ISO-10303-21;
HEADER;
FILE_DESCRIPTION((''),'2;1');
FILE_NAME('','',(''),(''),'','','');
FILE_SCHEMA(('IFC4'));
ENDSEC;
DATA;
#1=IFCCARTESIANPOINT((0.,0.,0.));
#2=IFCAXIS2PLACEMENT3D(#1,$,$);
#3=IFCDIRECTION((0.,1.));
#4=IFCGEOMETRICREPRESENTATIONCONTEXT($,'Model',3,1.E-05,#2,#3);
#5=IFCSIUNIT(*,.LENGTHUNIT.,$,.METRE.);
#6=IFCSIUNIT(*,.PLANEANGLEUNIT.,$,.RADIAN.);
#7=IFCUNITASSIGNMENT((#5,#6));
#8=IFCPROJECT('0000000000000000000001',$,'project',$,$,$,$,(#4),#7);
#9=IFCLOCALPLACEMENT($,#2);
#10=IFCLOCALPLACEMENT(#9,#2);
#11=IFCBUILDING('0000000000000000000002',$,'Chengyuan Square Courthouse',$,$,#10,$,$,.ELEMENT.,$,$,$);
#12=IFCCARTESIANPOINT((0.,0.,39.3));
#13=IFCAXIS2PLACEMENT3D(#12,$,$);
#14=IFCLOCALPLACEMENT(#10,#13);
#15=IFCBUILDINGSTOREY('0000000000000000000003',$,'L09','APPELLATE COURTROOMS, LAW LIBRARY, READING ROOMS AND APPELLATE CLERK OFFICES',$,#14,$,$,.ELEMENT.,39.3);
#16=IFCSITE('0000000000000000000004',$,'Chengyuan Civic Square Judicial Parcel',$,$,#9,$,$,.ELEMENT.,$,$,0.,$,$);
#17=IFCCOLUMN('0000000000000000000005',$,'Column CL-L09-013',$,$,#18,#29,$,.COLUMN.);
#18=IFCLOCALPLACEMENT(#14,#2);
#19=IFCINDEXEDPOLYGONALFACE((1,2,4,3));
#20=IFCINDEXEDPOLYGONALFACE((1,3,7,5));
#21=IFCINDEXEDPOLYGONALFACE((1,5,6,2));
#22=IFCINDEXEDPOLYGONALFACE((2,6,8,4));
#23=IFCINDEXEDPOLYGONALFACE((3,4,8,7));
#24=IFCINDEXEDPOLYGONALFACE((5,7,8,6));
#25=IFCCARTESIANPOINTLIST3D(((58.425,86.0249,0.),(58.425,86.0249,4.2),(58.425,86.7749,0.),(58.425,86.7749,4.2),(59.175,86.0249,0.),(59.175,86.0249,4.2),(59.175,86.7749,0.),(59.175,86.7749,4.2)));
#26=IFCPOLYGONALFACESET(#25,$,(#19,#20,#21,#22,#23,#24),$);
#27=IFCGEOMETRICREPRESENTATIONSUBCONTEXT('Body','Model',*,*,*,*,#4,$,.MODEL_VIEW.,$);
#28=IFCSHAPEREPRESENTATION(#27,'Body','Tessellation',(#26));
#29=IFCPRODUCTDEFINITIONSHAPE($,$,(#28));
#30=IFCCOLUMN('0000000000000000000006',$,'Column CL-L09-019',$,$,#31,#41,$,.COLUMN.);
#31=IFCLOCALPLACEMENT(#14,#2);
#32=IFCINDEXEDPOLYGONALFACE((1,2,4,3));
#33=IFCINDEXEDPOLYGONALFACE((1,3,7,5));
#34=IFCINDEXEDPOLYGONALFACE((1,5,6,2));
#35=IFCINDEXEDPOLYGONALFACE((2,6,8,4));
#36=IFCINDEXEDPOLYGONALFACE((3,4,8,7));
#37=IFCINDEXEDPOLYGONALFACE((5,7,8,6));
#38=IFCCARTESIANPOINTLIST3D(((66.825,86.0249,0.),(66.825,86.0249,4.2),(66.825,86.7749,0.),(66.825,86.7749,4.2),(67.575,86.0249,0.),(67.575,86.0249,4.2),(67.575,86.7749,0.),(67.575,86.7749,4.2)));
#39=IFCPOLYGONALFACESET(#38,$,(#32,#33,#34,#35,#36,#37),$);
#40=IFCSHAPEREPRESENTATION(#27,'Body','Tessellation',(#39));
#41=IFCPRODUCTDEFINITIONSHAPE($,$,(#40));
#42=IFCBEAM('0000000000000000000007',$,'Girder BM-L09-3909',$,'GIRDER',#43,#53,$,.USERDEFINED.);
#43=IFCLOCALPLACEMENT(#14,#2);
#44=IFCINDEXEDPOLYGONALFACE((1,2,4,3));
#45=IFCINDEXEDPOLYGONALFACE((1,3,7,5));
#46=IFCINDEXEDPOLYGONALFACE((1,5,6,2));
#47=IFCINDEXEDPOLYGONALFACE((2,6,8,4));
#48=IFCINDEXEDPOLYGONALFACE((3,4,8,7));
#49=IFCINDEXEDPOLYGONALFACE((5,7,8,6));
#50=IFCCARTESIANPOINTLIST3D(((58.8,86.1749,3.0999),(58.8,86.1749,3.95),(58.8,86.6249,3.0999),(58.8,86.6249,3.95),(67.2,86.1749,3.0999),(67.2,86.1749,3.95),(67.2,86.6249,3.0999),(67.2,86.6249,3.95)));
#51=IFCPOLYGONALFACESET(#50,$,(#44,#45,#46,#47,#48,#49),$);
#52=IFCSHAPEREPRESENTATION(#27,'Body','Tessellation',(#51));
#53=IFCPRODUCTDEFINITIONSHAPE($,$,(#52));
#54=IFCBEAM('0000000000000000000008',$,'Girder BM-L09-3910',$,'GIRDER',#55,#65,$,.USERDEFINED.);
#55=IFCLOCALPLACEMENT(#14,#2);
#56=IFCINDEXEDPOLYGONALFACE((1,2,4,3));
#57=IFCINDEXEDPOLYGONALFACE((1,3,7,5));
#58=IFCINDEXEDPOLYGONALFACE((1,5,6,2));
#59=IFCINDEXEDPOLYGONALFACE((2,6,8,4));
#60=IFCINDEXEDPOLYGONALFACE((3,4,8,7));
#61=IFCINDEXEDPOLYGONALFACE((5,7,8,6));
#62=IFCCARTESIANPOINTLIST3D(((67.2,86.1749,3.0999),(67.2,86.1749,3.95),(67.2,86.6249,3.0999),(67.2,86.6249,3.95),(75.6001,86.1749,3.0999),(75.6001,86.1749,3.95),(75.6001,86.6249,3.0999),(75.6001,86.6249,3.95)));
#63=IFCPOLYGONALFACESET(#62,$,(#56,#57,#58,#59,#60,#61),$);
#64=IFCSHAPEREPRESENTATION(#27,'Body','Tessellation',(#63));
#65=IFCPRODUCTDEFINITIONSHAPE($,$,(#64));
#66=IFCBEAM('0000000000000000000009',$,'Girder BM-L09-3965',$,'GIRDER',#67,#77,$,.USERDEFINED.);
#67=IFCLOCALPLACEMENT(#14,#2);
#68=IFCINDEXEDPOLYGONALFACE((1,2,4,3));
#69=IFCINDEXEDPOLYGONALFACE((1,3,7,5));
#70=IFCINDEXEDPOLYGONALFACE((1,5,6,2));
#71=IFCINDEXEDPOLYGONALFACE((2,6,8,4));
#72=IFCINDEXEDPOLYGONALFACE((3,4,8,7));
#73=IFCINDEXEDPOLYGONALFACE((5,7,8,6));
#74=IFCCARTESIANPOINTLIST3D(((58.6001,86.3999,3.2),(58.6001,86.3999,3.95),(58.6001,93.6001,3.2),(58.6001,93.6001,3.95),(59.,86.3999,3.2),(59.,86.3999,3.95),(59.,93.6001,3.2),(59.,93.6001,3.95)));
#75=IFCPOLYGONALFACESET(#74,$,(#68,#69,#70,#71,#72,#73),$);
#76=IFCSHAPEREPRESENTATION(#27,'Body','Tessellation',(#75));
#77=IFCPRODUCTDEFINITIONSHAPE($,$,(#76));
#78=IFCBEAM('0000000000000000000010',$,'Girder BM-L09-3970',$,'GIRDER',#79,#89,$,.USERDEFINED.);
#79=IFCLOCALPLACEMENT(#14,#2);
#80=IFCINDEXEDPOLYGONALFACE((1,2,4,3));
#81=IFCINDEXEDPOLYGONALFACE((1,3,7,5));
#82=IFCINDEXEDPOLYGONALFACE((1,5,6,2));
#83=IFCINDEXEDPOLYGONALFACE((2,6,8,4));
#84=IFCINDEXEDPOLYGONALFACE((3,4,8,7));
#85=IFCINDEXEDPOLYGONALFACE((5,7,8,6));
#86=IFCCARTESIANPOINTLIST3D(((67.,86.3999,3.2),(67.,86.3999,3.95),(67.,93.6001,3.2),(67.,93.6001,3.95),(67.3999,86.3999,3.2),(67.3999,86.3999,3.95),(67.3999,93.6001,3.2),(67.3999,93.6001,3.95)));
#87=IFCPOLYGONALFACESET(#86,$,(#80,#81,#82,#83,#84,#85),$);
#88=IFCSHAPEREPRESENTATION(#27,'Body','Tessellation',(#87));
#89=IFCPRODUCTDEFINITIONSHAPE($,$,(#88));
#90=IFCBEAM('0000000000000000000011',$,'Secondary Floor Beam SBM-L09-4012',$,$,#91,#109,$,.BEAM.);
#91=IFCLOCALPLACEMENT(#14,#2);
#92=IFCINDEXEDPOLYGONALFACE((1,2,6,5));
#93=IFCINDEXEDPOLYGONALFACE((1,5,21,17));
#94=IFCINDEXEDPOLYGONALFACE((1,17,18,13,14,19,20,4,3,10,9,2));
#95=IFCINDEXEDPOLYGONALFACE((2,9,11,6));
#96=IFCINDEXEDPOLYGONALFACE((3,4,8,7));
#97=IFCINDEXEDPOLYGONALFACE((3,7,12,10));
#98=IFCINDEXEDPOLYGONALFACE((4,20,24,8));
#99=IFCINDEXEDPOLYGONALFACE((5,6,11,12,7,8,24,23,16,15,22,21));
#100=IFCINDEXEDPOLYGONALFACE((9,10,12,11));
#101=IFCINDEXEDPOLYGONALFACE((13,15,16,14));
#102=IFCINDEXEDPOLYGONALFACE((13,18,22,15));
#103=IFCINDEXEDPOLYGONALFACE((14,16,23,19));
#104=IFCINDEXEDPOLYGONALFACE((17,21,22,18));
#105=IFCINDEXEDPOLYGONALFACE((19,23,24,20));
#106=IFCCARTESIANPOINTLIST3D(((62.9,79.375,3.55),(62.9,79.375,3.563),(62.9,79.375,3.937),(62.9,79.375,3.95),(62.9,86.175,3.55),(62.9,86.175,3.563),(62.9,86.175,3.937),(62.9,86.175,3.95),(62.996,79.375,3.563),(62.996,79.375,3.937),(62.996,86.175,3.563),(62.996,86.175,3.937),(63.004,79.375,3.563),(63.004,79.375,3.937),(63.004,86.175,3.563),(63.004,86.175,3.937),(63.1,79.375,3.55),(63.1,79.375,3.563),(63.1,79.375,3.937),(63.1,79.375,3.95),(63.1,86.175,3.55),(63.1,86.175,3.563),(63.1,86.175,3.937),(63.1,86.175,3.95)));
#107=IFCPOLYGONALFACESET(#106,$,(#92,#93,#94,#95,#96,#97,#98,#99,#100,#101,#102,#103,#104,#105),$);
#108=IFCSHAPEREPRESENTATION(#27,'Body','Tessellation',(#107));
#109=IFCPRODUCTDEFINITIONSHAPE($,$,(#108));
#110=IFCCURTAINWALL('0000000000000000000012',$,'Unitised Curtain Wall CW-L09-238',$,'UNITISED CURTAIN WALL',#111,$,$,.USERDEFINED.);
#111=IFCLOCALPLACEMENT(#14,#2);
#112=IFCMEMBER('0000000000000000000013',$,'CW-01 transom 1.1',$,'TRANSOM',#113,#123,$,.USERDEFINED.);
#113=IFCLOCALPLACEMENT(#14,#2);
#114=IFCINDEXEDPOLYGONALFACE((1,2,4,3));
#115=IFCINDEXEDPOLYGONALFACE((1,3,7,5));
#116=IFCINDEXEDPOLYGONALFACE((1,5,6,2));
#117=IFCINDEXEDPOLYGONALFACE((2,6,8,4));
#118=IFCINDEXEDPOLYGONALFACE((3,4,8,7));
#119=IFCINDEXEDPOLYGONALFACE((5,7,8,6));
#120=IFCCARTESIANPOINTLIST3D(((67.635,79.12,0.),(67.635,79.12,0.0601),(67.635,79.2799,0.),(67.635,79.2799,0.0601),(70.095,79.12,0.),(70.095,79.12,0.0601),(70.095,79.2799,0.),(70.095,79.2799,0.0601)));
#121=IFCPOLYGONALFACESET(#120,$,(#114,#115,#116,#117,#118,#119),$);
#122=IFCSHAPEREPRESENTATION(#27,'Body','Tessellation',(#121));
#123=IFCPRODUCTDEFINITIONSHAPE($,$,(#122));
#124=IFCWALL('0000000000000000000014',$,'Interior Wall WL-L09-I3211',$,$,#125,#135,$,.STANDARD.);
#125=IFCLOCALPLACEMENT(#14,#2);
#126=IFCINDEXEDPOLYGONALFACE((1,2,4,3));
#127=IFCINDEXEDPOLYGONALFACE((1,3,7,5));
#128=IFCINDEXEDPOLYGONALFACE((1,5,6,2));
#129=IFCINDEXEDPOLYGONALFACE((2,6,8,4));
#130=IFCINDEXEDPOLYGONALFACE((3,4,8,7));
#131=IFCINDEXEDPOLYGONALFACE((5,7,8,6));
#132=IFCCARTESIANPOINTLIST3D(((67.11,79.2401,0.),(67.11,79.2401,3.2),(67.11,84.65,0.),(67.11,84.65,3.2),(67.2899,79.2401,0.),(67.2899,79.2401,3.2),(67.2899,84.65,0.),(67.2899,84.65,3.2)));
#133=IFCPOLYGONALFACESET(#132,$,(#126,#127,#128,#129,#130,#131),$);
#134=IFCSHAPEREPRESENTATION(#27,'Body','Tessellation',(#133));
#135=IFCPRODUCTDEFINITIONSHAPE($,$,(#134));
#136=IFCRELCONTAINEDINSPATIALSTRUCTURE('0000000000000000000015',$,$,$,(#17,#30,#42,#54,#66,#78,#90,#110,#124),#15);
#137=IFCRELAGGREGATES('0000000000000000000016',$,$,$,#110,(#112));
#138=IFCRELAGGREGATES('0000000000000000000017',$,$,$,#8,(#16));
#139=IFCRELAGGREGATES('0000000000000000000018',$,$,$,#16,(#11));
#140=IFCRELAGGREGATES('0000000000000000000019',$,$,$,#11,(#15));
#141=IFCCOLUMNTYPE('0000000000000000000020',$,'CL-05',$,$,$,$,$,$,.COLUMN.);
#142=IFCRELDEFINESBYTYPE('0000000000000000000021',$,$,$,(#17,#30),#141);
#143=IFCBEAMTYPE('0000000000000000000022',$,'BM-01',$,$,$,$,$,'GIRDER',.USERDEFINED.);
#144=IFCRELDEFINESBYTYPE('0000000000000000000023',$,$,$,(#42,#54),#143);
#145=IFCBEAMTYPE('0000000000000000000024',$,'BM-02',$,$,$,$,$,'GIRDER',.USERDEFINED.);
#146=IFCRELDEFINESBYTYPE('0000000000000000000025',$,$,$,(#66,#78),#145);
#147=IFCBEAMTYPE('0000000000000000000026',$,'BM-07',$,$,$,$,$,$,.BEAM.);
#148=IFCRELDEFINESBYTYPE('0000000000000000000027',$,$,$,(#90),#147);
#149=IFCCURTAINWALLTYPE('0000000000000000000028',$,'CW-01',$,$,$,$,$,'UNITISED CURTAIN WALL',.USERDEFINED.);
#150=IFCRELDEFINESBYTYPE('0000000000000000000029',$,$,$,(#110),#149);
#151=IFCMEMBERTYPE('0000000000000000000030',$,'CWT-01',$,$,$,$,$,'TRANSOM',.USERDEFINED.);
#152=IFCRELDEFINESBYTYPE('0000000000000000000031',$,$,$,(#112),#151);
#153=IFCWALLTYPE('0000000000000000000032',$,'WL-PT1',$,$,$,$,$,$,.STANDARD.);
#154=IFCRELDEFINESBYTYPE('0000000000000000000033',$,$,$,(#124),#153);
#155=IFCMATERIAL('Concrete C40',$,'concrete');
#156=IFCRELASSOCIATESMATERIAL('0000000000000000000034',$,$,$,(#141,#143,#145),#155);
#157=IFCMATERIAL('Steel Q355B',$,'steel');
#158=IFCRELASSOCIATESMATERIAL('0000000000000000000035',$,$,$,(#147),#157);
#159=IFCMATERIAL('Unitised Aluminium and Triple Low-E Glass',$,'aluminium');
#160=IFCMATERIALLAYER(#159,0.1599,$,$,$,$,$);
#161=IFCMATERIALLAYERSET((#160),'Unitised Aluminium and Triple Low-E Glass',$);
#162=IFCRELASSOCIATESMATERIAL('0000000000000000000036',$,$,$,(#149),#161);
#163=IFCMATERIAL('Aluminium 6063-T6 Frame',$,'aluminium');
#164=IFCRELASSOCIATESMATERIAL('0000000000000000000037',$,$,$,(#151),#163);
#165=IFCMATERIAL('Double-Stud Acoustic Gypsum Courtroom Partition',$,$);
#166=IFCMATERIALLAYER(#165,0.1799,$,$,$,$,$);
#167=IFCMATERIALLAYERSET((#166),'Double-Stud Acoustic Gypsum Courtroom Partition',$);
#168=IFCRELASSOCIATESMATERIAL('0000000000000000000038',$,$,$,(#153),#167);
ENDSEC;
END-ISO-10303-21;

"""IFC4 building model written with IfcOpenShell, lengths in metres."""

from ifc_helpers import new_model, si_unit, direction, frame, frame_2d, origin, origin_2d, place, context, subcontext, project, spatial, rectangle, i_section, extrude, material, layer, layer_set, material_profile, profile_set, type_object, element, aggregate, save


model = new_model("IFC4")

# Units and contexts
model_context = context("Model", 3, precision=1e-05, world=origin(), true_north=direction((0.0, 1.0)))
body_context = subcontext(model_context, "Body", "Model", "MODEL_VIEW")
ifc_project = project(units=[si_unit("LENGTHUNIT", "METRE"), si_unit("PLANEANGLEUNIT", "RADIAN")], contexts=[model_context])

# Site, building, storey
site_placement = place(None, origin())
site = spatial("IfcSite", under=ifc_project, at=site_placement, Name="Chengyuan Civic Square Judicial Parcel", CompositionType="ELEMENT", RefElevation=0.0)
building_placement = place(site_placement, origin())
building = spatial("IfcBuilding", under=site, at=building_placement, Name="Chengyuan Square Courthouse", CompositionType="ELEMENT")
storey_placement = place(building_placement, frame((0.0, 0.0, 39.3)))
storey = spatial("IfcBuildingStorey", under=building, at=storey_placement, Name="L09", Description="APPELLATE COURTROOMS, LAW LIBRARY, READING ROOMS AND APPELLATE CLERK OFFICES", CompositionType="ELEMENT", Elevation=39.3)

# Columns
ifc_material_1 = material(Name="Concrete C40", Category="concrete")
ifc_material_profile_1 = material_profile(ifc_material_1, rectangle(XDim=0.75, YDim=0.75, at=origin_2d()), Name="RC-COL-750x750")
ifc_profile_set_1 = profile_set([ifc_material_profile_1], Name="Concrete C40")
column_type = type_object("IfcColumnType", Name="CL-05", PredefinedType="COLUMN", material=ifc_profile_set_1)
for number, where, z_axis, x_axis, name in (
    (1, (58.8, 86.3999, 0.0), (0.0, 0.0, 1.0), (1.0, 0.0, 0.0), "Column CL-L09-013"),
    (2, (67.2, 86.3999, 0.0), (0.0, 0.0, 1.0), (1.0, 0.0, 0.0), "Column CL-L09-019"),
):
    element("IfcColumn", number, at=place(storey_placement, frame(where, z_axis=z_axis, x_axis=x_axis)), inside=storey, type_object=column_type, Name=name, PredefinedType="COLUMN", context=body_context, shape_type="SweptSolid", body=[
        extrude(rectangle(XDim=0.75, YDim=0.75, at=origin_2d()), origin(), (0.0, 0.0, 1.0), 4.2),
    ])

# Beams
ifc_material_profile_2 = material_profile(ifc_material_1, rectangle(XDim=0.45, YDim=0.8501, at=origin_2d()), Name="RC-BM-450x850")
ifc_profile_set_2 = profile_set([ifc_material_profile_2], Name="Concrete C40")
beam_type_1 = type_object("IfcBeamType", Name="BM-01", ElementType="GIRDER", PredefinedType="USERDEFINED", material=ifc_profile_set_2)
beam_1_placement = place(storey_placement, frame((58.8, 86.3999, 3.5249), z_axis=(1.0, 0.0, 0.0), x_axis=(0.0, 1.0, 0.0)))
element("IfcBeam", 3, at=beam_1_placement, inside=storey, type_object=beam_type_1, Name="Girder BM-L09-3909", ObjectType="GIRDER", PredefinedType="USERDEFINED", context=body_context, shape_type="SweptSolid", body=[
    extrude(rectangle(XDim=0.45, YDim=0.8501, at=origin_2d()), origin(), (0.0, 0.0, 1.0), 8.3999),
])
beam_2_placement = place(storey_placement, frame((67.2, 86.3999, 3.5249), z_axis=(1.0, 0.0, 0.0), x_axis=(0.0, 1.0, 0.0)))
element("IfcBeam", 4, at=beam_2_placement, inside=storey, type_object=beam_type_1, Name="Girder BM-L09-3910", ObjectType="GIRDER", PredefinedType="USERDEFINED", context=body_context, shape_type="SweptSolid", body=[
    extrude(rectangle(XDim=0.45, YDim=0.8501, at=origin_2d()), origin(), (0.0, 0.0, 1.0), 8.4001),
])
ifc_material_profile_3 = material_profile(ifc_material_1, rectangle(XDim=0.3999, YDim=0.75, at=origin_2d()), Name="RC-BM-400x750")
ifc_profile_set_3 = profile_set([ifc_material_profile_3], Name="Concrete C40")
beam_type_2 = type_object("IfcBeamType", Name="BM-02", ElementType="GIRDER", PredefinedType="USERDEFINED", material=ifc_profile_set_3)
for number, where, z_axis, x_axis, name in (
    (5, (58.8, 86.3999, 3.575), (0.0, 1.0, 0.0), (-1.0, 0.0, 0.0), "Girder BM-L09-3965"),
    (6, (67.2, 86.3999, 3.575), (0.0, 1.0, 0.0), (-1.0, 0.0, 0.0), "Girder BM-L09-3970"),
):
    element("IfcBeam", number, at=place(storey_placement, frame(where, z_axis=z_axis, x_axis=x_axis)), inside=storey, type_object=beam_type_2, Name=name, ObjectType="GIRDER", PredefinedType="USERDEFINED", context=body_context, shape_type="SweptSolid", body=[
        extrude(rectangle(XDim=0.3999, YDim=0.75, at=origin_2d()), origin(), (0.0, 0.0, 1.0), 7.2002),
    ])
ifc_material_2 = material(Name="Steel Q355B", Category="steel")
ifc_material_profile_4 = material_profile(ifc_material_2, i_section(OverallWidth=0.2, OverallDepth=0.3999, WebThickness=0.0081, FlangeThickness=0.0129, at=origin_2d()), Name="HN 400x200x8x13")
ifc_profile_set_4 = profile_set([ifc_material_profile_4], Name="Steel Q355B")
beam_type_3 = type_object("IfcBeamType", Name="BM-07", PredefinedType="BEAM", material=ifc_profile_set_4)
beam_3_placement = place(storey_placement, frame((63.0, 79.375, 3.75), z_axis=(0.0, 1.0, 0.0), x_axis=(-1.0, 0.0, 0.0)))
element("IfcBeam", 7, at=beam_3_placement, inside=storey, type_object=beam_type_3, Name="Secondary Floor Beam SBM-L09-4012", PredefinedType="BEAM", context=body_context, shape_type="SweptSolid", body=[
    extrude(i_section(OverallWidth=0.2, OverallDepth=0.3999, WebThickness=0.0081, FlangeThickness=0.0129, at=origin_2d()), origin(), (0.0, 0.0, 1.0), 6.8),
])

# Curtain wall, member
ifc_material_3 = material(Name="Unitised Aluminium and Triple Low-E Glass", Category="aluminium")
ifc_layer_1 = layer(ifc_material_3, 0.1599)
ifc_layer_set_1 = layer_set([ifc_layer_1], Name="Unitised Aluminium and Triple Low-E Glass")
curtain_wall_type = type_object("IfcCurtainWallType", Name="CW-01", ElementType="UNITISED CURTAIN WALL", PredefinedType="USERDEFINED", material=ifc_layer_set_1)
curtain_wall_placement = place(storey_placement, origin())
curtain_wall = element("IfcCurtainWall", 8, at=curtain_wall_placement, inside=storey, type_object=curtain_wall_type, Name="Unitised Curtain Wall CW-L09-238", ObjectType="UNITISED CURTAIN WALL", PredefinedType="USERDEFINED")
ifc_material_4 = material(Name="Aluminium 6063-T6 Frame", Category="aluminium")
ifc_material_profile_5 = material_profile(ifc_material_4, rectangle(XDim=0.1599, YDim=0.0601, at=origin_2d()), Name="CW-TRN-60x120")
ifc_profile_set_5 = profile_set([ifc_material_profile_5], Name="Aluminium 6063-T6 Frame")
member_type = type_object("IfcMemberType", Name="CWT-01", ElementType="TRANSOM", PredefinedType="USERDEFINED", material=ifc_profile_set_5)
member_placement = place(storey_placement, frame((67.635, 79.2, 0.03), z_axis=(1.0, 0.0, 0.0), x_axis=(0.0, 1.0, 0.0)))
member = element("IfcMember", 9, at=member_placement, type_object=member_type, Name="CW-01 transom 1.1", ObjectType="TRANSOM", PredefinedType="USERDEFINED", context=body_context, shape_type="SweptSolid", body=[
    extrude(rectangle(XDim=0.1599, YDim=0.0601, at=origin_2d()), origin(), (0.0, 0.0, 1.0), 2.46),
])
aggregate(curtain_wall, [member])

# Wall
ifc_material_5 = material(Name="Double-Stud Acoustic Gypsum Courtroom Partition")
ifc_layer_2 = layer(ifc_material_5, 0.1799)
ifc_layer_set_2 = layer_set([ifc_layer_2], Name="Double-Stud Acoustic Gypsum Courtroom Partition")
wall_type_1 = type_object("IfcWallType", Name="WL-PT1", PredefinedType="STANDARD", material=ifc_layer_set_2)
wall_1_placement = place(storey_placement, frame((67.2, 79.24, 0.0), z_axis=(0.0, 0.0, 1.0), x_axis=(0.0, 1.0, 0.0)))
element("IfcWall", 10, at=wall_1_placement, inside=storey, type_object=wall_type_1, Name="Interior Wall WL-L09-I3211", PredefinedType="STANDARD", context=body_context, shape_type="SweptSolid", body=[
    extrude(rectangle(XDim=5.4099, YDim=0.1799, at=frame_2d((2.7051, 0.0))), origin(), (0.0, 0.0, 1.0), 3.2),
])

save(model, "model.ifc")
